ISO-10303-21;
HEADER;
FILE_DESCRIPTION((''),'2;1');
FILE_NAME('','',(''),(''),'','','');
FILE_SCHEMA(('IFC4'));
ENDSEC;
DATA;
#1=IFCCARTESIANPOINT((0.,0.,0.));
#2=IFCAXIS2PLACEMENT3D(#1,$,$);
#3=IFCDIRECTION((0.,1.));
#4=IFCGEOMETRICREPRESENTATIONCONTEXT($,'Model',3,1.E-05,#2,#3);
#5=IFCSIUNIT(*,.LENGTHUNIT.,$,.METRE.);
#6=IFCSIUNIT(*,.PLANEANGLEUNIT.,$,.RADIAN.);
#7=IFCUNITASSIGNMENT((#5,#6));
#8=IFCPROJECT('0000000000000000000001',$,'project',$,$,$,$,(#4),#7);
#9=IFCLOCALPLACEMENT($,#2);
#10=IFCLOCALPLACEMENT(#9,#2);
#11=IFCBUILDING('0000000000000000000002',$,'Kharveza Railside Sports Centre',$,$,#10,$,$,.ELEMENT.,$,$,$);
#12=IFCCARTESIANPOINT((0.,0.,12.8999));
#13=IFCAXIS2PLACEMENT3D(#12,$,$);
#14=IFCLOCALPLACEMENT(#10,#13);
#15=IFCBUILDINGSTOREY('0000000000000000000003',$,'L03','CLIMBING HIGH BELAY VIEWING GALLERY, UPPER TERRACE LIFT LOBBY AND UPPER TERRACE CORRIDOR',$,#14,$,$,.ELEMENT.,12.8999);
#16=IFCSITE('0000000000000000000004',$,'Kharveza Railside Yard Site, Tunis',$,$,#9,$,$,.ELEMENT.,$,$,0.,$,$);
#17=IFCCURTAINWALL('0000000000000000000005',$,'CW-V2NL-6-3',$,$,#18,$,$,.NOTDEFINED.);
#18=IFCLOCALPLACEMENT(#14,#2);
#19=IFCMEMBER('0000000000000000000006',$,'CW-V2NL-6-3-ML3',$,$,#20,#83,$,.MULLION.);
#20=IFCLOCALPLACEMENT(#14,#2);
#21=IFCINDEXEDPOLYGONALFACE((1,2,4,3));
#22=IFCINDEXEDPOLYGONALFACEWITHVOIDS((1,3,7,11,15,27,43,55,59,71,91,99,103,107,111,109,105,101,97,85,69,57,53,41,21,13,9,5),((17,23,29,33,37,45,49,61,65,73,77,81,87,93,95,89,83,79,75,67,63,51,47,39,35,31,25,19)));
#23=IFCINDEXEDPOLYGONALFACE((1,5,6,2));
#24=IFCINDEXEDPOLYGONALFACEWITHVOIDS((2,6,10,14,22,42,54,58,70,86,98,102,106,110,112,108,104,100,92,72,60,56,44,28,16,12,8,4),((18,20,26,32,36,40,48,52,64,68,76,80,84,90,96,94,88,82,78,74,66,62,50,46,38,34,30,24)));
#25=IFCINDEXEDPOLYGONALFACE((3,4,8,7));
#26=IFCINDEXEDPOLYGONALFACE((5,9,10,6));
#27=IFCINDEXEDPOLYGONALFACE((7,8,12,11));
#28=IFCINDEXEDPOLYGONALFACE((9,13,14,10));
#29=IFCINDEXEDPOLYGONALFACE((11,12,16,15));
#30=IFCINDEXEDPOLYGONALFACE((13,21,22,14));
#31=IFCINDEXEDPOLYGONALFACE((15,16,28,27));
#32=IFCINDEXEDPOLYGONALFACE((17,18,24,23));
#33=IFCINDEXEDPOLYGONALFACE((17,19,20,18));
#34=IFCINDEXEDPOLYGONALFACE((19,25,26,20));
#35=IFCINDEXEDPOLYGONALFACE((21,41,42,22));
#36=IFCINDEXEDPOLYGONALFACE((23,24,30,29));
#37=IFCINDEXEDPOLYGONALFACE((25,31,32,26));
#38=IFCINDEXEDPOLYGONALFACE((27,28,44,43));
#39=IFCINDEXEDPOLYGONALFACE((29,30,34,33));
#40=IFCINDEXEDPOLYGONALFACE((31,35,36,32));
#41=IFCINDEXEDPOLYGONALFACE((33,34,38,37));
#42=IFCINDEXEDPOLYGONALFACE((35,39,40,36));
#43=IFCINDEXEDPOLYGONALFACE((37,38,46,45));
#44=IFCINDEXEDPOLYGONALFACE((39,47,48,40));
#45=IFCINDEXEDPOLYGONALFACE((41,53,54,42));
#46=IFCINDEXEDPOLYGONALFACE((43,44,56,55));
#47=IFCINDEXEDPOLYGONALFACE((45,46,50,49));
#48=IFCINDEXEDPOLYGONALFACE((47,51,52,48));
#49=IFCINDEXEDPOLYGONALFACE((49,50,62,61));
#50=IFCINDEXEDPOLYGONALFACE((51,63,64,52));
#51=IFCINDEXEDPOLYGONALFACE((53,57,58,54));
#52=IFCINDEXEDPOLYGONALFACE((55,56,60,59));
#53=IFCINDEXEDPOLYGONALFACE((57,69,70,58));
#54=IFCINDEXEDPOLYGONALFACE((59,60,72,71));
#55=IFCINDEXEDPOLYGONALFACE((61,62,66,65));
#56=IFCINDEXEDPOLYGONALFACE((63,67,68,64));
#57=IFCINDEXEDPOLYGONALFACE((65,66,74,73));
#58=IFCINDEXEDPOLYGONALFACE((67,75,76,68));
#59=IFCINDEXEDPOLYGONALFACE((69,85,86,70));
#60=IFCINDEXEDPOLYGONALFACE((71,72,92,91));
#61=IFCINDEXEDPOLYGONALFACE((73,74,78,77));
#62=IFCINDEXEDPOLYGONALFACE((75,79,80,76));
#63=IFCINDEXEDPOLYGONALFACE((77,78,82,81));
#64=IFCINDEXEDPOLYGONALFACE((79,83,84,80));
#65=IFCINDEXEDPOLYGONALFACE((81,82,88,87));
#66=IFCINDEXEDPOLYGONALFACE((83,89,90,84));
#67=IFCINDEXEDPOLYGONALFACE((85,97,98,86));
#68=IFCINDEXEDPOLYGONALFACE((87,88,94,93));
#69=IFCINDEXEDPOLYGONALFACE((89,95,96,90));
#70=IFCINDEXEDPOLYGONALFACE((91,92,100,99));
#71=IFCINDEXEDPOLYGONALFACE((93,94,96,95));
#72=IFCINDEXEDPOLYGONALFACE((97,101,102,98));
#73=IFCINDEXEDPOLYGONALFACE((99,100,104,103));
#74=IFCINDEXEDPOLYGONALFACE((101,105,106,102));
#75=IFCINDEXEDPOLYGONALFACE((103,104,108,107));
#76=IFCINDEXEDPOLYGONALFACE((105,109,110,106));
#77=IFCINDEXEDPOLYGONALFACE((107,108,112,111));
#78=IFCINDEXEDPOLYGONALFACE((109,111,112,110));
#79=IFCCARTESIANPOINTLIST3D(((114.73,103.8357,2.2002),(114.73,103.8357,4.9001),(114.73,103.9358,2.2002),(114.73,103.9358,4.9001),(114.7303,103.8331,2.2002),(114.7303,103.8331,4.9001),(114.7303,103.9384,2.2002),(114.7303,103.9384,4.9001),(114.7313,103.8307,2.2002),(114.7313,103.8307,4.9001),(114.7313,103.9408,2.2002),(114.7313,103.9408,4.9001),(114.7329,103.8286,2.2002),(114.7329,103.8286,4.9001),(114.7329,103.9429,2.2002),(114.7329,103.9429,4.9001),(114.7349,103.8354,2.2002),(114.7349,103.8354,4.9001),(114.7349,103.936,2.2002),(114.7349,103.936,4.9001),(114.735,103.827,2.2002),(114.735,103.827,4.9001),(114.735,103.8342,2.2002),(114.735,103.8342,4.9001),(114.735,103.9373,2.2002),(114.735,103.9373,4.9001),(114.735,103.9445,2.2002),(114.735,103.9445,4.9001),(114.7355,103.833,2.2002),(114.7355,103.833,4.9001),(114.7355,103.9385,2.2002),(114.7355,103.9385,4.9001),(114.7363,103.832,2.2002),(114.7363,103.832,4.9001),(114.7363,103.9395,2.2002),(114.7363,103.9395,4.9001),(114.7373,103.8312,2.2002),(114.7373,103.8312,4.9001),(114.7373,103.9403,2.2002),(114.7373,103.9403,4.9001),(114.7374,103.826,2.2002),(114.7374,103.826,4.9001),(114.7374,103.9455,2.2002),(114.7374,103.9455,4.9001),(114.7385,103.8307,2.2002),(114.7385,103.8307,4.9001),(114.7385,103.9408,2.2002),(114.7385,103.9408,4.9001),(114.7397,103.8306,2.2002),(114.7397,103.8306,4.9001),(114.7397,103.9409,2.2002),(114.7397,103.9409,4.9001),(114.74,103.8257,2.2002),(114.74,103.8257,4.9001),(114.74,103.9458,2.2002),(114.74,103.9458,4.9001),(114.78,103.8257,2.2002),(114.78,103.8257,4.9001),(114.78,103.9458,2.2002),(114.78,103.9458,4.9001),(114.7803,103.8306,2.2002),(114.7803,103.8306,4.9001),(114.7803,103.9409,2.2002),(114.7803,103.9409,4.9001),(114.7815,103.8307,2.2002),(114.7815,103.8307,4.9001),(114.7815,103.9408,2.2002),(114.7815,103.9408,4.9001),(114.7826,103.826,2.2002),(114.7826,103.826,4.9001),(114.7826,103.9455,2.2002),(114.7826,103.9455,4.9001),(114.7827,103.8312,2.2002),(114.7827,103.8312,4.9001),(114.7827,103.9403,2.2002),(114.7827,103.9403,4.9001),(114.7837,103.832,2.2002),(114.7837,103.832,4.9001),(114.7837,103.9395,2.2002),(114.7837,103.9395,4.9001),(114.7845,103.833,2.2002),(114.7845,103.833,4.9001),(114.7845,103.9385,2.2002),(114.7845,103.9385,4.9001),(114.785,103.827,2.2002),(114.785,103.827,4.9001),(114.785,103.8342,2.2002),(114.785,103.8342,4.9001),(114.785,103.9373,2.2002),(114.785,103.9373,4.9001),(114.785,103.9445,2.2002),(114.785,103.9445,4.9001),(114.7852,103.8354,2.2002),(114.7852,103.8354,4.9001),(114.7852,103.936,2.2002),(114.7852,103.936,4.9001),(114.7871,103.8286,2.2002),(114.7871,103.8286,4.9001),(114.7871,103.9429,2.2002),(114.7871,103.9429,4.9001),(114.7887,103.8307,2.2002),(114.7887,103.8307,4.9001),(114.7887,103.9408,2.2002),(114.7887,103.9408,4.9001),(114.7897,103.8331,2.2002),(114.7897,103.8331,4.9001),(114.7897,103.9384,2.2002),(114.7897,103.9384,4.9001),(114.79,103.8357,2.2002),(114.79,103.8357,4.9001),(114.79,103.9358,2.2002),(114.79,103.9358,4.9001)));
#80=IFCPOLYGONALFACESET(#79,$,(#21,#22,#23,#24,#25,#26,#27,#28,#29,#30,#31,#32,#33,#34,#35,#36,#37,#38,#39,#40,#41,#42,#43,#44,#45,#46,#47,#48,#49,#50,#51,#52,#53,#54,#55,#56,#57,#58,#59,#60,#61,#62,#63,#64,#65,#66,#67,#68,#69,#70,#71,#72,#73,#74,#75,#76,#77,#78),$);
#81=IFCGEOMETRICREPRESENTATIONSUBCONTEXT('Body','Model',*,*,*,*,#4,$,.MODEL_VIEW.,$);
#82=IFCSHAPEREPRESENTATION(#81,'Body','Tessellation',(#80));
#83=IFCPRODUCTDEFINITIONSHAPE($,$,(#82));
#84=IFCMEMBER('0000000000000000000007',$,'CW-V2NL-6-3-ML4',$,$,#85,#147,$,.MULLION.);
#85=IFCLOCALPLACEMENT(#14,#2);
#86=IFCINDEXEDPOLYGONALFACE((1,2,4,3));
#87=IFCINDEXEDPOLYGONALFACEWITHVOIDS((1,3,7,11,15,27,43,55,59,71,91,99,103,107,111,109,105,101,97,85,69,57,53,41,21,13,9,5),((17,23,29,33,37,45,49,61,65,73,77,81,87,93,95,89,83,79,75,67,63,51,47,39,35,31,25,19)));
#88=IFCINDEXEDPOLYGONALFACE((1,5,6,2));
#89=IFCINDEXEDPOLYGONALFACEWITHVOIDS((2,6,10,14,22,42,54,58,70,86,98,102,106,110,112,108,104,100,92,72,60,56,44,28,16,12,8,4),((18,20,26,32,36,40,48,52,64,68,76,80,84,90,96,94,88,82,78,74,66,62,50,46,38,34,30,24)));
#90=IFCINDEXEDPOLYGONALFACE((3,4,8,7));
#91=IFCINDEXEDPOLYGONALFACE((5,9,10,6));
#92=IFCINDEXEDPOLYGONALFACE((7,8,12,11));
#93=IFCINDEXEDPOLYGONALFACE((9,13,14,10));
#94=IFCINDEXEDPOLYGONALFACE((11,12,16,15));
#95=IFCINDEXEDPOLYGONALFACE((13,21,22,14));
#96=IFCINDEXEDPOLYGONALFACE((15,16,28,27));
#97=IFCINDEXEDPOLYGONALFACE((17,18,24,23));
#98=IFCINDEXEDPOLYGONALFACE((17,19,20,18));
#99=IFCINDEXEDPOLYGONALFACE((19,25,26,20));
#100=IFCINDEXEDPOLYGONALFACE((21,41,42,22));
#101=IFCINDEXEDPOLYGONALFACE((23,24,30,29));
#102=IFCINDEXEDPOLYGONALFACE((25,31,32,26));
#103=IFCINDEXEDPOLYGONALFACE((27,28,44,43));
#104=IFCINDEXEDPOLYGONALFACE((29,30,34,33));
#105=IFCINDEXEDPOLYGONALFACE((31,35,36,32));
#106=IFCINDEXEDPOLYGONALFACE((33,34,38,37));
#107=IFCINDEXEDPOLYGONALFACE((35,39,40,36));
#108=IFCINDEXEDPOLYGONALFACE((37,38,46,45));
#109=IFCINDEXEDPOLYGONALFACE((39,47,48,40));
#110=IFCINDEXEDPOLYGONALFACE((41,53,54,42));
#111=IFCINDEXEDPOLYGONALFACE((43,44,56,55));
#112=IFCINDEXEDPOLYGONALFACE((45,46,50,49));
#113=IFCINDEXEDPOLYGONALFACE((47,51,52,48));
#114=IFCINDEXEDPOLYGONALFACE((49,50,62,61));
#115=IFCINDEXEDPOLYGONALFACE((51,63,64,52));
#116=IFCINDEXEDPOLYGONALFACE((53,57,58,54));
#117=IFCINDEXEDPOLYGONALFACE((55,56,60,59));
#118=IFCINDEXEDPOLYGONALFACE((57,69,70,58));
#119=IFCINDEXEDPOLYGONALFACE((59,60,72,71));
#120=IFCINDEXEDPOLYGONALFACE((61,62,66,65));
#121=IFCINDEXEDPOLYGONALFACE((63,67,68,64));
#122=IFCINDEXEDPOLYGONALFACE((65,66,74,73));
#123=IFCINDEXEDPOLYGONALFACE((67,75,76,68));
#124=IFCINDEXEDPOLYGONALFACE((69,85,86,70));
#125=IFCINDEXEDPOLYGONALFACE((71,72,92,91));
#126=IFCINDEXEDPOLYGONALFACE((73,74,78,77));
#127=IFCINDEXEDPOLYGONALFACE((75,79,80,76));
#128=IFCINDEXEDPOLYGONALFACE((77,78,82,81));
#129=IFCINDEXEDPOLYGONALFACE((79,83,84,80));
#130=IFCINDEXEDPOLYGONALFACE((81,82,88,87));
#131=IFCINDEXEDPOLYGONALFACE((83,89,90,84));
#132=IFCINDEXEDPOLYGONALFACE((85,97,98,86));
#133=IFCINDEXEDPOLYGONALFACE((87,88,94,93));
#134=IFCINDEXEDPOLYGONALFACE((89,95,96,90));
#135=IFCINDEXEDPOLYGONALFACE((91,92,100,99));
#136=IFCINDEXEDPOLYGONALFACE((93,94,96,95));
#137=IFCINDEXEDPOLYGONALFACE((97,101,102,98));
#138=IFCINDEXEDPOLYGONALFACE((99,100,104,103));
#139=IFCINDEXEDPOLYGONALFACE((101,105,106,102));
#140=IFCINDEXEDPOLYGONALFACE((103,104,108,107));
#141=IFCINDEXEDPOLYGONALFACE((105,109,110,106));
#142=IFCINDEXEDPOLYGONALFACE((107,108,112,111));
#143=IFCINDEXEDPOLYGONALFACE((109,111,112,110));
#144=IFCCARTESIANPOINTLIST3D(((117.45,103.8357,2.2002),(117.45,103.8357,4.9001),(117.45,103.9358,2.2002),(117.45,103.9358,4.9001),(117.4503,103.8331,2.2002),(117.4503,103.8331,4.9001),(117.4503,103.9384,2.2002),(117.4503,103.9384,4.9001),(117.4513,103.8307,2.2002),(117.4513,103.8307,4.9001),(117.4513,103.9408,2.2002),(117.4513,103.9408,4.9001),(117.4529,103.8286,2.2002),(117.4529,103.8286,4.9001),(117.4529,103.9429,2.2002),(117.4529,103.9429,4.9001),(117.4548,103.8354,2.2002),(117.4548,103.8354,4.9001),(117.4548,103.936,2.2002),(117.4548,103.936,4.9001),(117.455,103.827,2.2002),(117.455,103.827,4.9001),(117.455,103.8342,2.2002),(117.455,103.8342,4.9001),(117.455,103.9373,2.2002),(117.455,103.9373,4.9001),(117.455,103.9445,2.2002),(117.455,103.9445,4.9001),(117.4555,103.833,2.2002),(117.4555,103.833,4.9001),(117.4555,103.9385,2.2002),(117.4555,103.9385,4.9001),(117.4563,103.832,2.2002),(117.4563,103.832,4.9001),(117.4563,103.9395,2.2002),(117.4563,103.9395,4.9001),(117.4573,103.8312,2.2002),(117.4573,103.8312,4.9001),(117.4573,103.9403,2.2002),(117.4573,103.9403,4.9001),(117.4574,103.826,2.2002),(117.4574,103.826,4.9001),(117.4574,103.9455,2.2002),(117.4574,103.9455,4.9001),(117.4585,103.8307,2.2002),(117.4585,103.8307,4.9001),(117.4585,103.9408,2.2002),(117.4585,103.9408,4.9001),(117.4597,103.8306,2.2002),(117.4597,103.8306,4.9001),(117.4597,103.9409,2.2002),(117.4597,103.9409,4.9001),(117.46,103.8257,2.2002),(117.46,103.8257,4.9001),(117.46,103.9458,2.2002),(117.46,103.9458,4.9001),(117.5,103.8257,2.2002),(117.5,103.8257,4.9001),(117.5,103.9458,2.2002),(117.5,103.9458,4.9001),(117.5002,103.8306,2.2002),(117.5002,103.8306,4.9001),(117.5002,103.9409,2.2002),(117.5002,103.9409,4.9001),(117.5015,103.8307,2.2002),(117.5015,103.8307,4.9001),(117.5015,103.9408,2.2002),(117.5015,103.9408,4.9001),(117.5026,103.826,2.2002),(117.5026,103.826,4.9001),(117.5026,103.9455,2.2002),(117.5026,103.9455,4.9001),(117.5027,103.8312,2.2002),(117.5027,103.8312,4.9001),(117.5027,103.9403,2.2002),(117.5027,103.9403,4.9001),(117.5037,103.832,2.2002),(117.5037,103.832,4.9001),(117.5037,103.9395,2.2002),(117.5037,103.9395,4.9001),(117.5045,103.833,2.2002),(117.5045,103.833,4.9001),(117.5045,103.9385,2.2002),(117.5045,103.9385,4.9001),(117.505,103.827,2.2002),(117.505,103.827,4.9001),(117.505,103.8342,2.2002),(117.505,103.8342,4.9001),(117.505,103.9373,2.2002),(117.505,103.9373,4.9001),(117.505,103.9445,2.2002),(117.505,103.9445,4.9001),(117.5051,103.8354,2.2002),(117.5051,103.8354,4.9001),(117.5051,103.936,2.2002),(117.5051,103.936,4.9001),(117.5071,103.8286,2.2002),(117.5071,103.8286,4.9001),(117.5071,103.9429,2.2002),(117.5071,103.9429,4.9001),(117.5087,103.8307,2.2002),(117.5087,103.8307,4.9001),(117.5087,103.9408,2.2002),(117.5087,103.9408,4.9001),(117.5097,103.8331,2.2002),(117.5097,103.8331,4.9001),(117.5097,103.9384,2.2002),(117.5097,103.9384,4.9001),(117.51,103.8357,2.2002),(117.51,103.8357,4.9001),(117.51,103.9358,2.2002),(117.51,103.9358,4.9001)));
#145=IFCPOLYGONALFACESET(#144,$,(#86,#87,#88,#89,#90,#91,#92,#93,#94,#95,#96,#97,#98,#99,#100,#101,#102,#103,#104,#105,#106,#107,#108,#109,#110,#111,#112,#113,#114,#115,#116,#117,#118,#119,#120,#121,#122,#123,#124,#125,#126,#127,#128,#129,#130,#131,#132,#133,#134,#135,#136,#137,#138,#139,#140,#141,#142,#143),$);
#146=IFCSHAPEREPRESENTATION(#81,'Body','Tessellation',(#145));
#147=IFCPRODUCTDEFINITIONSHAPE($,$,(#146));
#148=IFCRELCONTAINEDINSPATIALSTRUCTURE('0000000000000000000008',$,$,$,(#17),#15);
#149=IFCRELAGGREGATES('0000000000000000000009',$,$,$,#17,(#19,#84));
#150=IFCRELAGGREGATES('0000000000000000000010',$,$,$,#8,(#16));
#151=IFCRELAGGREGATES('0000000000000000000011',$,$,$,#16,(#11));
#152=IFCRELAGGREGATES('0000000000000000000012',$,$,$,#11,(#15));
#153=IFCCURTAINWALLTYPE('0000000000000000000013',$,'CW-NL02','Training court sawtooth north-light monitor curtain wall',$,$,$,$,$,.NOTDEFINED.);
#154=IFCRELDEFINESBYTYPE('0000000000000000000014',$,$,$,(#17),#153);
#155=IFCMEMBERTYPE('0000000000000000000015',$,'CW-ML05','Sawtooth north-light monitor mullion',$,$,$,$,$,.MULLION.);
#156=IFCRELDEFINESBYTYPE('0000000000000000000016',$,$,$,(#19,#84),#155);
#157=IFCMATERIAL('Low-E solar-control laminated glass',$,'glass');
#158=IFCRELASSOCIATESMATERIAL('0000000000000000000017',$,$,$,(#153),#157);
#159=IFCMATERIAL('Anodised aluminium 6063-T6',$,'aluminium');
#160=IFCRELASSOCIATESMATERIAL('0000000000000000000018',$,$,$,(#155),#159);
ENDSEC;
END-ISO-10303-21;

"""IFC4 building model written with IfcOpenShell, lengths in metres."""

from ifc_helpers import new_model, si_unit, direction, frame, origin, origin_2d, place, context, subcontext, project, spatial, hollow_rectangle, extrude, material, material_profile, profile_set, type_object, element, aggregate, save


model = new_model("IFC4")

# Units and contexts
model_context = context("Model", 3, precision=1e-05, world=origin(), true_north=direction((0.0, 1.0)))
body_context = subcontext(model_context, "Body", "Model", "MODEL_VIEW")
ifc_project = project(units=[si_unit("LENGTHUNIT", "METRE"), si_unit("PLANEANGLEUNIT", "RADIAN")], contexts=[model_context])

# Site, building, storey
site_placement = place(None, origin())
site = spatial("IfcSite", under=ifc_project, at=site_placement, Name="Kharveza Railside Yard Site, Tunis", CompositionType="ELEMENT", RefElevation=0.0)
building_placement = place(site_placement, origin())
building = spatial("IfcBuilding", under=site, at=building_placement, Name="Kharveza Railside Sports Centre", CompositionType="ELEMENT")
storey_placement = place(building_placement, frame((0.0, 0.0, 12.8999)))
storey = spatial("IfcBuildingStorey", under=building, at=storey_placement, Name="L03", Description="CLIMBING HIGH BELAY VIEWING GALLERY, UPPER TERRACE LIFT LOBBY AND UPPER TERRACE CORRIDOR", CompositionType="ELEMENT", Elevation=12.8999)

# Curtain wall, members
ifc_material_1 = material(Name="Low-E solar-control laminated glass", Category="glass")
curtain_wall_type = type_object("IfcCurtainWallType", Name="CW-NL02", Description="Training court sawtooth north-light monitor curtain wall", PredefinedType="NOTDEFINED", material=ifc_material_1)
curtain_wall_1_placement = place(storey_placement, origin())
curtain_wall_1 = element("IfcCurtainWall", 1, at=curtain_wall_1_placement, inside=storey, type_object=curtain_wall_type, Name="CW-V2NL-6-3", PredefinedType="NOTDEFINED")
ifc_material_2 = material(Name="Anodised aluminium 6063-T6", Category="aluminium")
ifc_material_profile_1 = material_profile(ifc_material_2, hollow_rectangle(XDim=0.0601, YDim=0.1201, WallThickness=0.0049, InnerFilletRadius=0.0049, OuterFilletRadius=0.01, at=origin_2d()), Name="RHS 60x120x5.0")
ifc_profile_set_1 = profile_set([ifc_material_profile_1], Name="Anodised aluminium 6063-T6")
member_type_1 = type_object("IfcMemberType", Name="CW-ML05", Description="Sawtooth north-light monitor mullion", PredefinedType="MULLION", material=ifc_profile_set_1)
member_1_placement = place(storey_placement, frame((114.76, 103.8857, 2.2002), z_axis=(0.0, 0.0, 1.0), x_axis=(1.0, 0.0, 0.0)))
member_1 = element("IfcMember", 2, at=member_1_placement, type_object=member_type_1, Name="CW-V2NL-6-3-ML3", PredefinedType="MULLION", context=body_context, shape_type="SweptSolid", body=[
    extrude(hollow_rectangle(XDim=0.0601, YDim=0.1201, WallThickness=0.0049, InnerFilletRadius=0.0049, OuterFilletRadius=0.01, at=origin_2d()), origin(), (0.0, 0.0, 1.0), 2.7),
])
member_2_placement = place(storey_placement, frame((117.48, 103.8857, 2.2002), z_axis=(0.0, 0.0, 1.0), x_axis=(1.0, 0.0, 0.0)))
member_2 = element("IfcMember", 3, at=member_2_placement, type_object=member_type_1, Name="CW-V2NL-6-3-ML4", PredefinedType="MULLION", context=body_context, shape_type="SweptSolid", body=[
    extrude(hollow_rectangle(XDim=0.0601, YDim=0.1201, WallThickness=0.0049, InnerFilletRadius=0.0049, OuterFilletRadius=0.01, at=origin_2d()), origin(), (0.0, 0.0, 1.0), 2.7),
])

aggregate(curtain_wall_1, [member_1, member_2])

save(model, "model.ifc")
